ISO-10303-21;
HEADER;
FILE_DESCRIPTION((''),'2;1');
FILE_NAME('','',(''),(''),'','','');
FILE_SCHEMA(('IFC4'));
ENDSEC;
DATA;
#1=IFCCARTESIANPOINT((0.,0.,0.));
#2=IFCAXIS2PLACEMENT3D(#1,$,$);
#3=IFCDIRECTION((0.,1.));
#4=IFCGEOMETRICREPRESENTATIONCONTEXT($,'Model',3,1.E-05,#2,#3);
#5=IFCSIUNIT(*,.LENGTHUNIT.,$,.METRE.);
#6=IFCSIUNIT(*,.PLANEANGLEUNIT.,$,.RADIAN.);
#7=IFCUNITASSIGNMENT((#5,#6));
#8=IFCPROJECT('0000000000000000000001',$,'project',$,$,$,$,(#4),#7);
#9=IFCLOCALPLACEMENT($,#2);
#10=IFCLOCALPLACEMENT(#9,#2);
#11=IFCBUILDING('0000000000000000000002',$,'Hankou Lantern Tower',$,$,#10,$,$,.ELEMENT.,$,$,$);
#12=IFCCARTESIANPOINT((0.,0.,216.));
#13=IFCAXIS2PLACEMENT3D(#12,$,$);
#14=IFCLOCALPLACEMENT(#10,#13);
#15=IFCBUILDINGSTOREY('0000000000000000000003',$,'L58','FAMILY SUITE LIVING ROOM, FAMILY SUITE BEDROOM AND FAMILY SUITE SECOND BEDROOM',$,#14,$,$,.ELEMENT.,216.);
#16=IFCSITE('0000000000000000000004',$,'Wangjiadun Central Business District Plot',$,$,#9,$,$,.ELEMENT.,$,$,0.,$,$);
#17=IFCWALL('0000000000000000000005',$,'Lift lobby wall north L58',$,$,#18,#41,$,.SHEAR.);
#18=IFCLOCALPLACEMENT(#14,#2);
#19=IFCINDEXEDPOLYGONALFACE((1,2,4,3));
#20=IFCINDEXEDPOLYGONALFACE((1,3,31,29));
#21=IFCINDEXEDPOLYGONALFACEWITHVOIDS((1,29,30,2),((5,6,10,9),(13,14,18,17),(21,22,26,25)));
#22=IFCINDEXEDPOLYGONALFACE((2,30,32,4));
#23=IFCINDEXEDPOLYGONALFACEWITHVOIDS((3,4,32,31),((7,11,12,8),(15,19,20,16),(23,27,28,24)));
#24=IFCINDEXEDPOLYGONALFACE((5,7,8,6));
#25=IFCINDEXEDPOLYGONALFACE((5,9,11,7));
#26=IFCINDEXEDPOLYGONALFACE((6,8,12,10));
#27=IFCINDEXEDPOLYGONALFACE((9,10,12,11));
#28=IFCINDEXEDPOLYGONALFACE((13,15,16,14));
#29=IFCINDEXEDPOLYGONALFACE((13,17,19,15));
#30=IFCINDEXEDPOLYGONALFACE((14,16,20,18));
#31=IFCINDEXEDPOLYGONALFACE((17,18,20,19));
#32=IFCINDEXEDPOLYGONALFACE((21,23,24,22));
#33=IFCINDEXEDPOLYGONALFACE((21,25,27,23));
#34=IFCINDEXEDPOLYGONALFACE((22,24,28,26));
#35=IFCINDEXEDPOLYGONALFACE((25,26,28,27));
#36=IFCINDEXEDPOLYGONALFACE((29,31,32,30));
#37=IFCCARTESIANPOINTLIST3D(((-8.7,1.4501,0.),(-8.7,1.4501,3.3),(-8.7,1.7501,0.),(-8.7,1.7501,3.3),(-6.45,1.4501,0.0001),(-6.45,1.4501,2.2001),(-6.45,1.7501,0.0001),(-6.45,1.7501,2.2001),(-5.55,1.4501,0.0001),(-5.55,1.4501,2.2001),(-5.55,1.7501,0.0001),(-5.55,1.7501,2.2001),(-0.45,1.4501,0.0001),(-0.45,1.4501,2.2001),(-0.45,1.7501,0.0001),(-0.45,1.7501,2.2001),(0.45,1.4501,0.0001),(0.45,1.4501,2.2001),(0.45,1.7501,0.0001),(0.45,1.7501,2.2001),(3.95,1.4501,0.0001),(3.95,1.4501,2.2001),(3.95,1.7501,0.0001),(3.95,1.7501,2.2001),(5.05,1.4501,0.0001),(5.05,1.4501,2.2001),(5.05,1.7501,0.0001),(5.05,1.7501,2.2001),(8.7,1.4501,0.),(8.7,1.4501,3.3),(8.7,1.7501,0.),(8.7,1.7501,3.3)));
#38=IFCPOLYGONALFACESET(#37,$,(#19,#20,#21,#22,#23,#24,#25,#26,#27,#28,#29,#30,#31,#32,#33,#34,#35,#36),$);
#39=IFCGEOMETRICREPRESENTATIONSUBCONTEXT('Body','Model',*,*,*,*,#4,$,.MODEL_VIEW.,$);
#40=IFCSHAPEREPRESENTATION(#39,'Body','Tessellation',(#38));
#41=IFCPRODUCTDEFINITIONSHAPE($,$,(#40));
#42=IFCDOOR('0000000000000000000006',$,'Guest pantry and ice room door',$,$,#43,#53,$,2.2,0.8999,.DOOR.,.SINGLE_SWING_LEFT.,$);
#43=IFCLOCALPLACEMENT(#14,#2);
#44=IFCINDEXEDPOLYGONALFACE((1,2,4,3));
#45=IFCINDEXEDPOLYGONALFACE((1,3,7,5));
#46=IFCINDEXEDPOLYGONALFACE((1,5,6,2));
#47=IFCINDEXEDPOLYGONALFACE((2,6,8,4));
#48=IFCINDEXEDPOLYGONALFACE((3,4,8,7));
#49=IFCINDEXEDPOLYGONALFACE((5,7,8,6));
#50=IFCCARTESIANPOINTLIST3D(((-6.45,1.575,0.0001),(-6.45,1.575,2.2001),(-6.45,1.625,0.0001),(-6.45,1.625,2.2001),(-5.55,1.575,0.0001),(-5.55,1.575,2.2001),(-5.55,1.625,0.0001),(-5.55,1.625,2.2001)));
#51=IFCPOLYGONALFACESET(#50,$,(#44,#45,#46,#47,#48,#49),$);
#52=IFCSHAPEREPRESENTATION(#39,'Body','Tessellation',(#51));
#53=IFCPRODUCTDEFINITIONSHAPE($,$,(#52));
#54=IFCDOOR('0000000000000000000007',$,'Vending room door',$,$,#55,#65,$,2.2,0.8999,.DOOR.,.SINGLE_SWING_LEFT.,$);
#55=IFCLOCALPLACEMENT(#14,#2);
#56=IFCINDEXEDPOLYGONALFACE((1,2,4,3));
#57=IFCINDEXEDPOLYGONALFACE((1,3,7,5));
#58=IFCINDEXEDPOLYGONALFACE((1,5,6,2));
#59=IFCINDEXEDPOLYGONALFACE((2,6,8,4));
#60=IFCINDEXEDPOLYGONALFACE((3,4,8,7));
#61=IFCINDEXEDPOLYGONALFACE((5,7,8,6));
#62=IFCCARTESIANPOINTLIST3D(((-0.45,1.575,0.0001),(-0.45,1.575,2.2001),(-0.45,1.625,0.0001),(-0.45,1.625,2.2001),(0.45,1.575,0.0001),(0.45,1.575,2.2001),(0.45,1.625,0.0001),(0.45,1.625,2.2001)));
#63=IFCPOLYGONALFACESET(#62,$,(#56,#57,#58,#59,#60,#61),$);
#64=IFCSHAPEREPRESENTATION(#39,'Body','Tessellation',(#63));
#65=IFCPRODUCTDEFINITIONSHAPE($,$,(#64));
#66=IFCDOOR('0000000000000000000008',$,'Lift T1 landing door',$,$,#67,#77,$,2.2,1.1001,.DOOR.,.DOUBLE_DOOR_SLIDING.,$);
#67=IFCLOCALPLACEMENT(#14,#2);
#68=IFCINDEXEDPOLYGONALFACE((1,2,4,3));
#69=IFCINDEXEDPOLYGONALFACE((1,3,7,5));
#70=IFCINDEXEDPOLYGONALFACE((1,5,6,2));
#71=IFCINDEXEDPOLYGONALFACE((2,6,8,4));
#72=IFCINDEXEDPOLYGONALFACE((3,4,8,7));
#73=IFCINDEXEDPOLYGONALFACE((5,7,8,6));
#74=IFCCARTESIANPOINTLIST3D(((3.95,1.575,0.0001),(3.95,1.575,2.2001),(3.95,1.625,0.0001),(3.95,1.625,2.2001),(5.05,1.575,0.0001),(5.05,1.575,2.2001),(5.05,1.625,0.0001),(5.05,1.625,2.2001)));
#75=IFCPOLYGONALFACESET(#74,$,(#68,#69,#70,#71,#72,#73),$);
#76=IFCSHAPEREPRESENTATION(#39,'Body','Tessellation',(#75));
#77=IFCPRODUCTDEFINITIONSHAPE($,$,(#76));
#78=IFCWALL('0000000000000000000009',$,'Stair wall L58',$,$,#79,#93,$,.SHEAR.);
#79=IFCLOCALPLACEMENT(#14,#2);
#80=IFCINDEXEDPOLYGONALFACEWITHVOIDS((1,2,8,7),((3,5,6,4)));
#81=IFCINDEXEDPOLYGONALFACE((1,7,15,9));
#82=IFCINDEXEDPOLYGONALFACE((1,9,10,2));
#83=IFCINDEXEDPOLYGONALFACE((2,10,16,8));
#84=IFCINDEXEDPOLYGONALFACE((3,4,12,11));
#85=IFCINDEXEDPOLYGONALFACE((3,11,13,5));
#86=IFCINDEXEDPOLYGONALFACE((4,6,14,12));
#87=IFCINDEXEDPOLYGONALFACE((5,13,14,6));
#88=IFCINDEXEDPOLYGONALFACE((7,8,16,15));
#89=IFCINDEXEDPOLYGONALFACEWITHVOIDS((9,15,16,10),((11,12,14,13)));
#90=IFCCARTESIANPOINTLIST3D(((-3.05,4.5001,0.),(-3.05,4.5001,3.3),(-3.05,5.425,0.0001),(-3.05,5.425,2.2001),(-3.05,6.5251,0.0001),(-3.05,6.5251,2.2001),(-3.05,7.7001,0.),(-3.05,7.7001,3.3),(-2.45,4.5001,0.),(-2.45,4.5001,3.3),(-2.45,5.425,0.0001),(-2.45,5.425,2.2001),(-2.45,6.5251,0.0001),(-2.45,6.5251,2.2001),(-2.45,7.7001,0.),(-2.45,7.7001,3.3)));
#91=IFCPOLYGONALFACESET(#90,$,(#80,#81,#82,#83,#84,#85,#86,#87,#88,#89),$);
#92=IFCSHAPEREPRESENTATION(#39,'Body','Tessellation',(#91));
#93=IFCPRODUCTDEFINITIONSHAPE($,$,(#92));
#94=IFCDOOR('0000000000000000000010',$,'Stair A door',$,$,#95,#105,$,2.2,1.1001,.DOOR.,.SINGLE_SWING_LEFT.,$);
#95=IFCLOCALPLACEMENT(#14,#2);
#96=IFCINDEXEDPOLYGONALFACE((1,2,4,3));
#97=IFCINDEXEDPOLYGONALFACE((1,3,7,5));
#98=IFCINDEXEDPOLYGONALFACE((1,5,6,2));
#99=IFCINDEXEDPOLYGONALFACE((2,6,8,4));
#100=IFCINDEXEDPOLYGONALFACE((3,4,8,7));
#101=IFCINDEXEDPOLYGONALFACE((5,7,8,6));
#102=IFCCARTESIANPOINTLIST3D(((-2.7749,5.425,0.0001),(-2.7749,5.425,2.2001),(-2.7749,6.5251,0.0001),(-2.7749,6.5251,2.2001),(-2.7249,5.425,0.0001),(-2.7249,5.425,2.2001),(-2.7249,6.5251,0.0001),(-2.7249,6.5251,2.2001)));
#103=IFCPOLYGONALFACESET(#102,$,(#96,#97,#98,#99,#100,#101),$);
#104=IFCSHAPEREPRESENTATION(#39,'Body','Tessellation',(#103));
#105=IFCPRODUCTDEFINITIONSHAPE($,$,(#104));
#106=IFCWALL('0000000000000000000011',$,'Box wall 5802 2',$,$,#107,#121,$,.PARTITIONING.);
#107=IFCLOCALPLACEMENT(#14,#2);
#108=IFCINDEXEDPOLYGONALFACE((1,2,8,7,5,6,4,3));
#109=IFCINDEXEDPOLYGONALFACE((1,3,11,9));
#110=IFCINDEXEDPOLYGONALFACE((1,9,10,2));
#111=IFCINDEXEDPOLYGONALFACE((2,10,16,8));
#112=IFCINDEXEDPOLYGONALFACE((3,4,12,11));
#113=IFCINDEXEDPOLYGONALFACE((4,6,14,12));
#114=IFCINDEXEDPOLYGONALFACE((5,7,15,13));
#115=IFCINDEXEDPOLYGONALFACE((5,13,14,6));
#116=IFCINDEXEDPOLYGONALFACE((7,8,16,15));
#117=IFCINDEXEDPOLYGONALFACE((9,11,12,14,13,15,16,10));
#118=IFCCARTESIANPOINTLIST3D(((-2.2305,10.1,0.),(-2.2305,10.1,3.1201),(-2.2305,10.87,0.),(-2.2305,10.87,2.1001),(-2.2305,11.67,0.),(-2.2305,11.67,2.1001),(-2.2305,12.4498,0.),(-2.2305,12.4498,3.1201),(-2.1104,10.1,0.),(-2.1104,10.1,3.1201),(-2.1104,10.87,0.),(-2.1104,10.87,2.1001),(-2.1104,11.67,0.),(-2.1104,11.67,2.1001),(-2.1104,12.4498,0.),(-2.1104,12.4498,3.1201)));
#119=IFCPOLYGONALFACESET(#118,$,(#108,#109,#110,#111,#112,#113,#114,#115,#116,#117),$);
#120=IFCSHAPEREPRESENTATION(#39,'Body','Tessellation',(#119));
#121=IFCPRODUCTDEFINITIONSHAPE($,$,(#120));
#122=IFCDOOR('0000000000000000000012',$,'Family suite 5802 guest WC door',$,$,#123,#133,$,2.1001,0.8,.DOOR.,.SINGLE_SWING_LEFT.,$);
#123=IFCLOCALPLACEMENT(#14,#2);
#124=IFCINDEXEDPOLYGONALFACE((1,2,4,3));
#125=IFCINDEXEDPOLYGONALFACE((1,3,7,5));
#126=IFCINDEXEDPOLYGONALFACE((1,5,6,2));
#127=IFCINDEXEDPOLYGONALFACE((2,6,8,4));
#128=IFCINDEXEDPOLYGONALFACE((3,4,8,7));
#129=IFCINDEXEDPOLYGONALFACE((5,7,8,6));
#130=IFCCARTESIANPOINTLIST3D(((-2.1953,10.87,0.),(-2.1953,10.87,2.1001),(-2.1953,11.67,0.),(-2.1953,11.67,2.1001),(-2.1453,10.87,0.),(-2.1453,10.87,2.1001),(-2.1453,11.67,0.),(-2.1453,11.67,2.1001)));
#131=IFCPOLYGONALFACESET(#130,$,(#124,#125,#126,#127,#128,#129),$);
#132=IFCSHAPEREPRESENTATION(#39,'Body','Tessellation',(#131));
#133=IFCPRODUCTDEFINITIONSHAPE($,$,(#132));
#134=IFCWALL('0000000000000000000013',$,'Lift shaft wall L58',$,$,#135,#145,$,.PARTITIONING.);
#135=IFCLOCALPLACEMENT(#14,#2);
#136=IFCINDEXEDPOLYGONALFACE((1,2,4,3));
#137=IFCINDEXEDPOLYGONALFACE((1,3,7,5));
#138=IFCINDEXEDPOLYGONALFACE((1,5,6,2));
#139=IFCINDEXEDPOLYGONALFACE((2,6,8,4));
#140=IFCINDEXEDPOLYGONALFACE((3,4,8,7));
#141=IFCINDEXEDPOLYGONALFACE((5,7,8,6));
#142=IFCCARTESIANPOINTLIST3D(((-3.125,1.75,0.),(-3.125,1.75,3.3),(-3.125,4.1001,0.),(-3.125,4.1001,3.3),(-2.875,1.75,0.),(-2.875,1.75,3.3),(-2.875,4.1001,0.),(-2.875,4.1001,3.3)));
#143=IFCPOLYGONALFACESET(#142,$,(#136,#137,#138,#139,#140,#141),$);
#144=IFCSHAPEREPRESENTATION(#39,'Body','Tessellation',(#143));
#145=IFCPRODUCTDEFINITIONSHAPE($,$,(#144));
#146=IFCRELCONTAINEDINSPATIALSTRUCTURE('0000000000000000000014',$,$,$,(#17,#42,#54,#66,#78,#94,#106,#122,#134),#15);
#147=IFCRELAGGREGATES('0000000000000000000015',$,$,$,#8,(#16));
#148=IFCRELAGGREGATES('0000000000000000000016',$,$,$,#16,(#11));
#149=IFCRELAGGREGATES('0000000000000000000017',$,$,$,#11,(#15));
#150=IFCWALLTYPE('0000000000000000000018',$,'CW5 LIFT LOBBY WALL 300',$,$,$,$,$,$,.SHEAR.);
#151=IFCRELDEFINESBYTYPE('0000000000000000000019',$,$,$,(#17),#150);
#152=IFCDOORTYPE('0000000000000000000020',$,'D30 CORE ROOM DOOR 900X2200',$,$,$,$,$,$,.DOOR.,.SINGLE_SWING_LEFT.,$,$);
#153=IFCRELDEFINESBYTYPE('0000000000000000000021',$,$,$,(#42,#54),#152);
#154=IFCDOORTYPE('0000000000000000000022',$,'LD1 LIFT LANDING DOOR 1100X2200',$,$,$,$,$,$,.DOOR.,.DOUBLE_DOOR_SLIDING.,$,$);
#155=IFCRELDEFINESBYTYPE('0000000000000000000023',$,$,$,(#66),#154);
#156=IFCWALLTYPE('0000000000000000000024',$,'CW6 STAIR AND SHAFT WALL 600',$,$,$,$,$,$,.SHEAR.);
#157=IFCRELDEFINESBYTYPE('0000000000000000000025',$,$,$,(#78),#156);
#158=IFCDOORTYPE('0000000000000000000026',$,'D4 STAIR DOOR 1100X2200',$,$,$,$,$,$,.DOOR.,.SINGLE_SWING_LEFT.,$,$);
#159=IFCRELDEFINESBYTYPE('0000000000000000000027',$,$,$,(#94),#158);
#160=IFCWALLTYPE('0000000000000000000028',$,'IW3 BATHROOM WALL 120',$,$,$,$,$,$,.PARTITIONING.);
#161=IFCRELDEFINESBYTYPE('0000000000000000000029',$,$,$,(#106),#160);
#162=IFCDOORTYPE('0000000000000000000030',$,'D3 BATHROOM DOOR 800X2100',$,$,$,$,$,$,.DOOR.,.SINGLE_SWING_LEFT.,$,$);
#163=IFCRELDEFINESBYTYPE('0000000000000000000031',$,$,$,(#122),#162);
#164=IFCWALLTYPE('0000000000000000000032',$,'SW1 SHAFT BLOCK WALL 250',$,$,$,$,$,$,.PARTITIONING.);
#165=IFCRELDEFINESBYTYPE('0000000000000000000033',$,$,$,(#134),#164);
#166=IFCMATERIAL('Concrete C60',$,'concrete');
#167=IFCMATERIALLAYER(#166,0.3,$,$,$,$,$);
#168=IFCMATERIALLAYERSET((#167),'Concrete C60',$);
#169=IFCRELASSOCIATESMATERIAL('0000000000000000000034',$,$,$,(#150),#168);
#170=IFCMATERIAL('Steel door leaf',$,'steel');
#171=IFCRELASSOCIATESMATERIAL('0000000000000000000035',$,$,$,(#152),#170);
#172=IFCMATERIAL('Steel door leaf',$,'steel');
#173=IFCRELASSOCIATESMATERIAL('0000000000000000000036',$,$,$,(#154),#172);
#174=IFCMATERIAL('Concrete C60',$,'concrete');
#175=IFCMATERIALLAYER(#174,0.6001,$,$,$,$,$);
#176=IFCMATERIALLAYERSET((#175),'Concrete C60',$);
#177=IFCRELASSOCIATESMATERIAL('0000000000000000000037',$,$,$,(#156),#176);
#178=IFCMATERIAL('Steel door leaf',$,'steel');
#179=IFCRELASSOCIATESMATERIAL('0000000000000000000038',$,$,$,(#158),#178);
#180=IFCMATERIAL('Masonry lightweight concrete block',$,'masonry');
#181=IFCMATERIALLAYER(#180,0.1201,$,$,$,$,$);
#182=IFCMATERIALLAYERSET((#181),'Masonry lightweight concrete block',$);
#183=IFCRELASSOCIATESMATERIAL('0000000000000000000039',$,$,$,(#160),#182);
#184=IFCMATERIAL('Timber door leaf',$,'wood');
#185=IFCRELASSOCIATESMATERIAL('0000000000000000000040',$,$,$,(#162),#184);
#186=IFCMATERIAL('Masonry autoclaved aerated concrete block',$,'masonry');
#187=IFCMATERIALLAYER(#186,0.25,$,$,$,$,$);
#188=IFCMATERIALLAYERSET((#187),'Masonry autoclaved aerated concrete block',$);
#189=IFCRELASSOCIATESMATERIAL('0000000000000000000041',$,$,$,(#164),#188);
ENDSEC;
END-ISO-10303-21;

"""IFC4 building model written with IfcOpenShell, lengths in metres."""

from ifc_helpers import new_model, si_unit, direction, frame, frame_2d, origin, place, context, subcontext, project, spatial, rectangle, extrude, material, layer, layer_set, type_object, element, fill, save


model = new_model("IFC4")

# Units and contexts
model_context = context("Model", 3, precision=1e-05, world=origin(), true_north=direction((0.0, 1.0)))
body_context = subcontext(model_context, "Body", "Model", "MODEL_VIEW")
ifc_project = project(units=[si_unit("LENGTHUNIT", "METRE"), si_unit("PLANEANGLEUNIT", "RADIAN")], contexts=[model_context])

# Site, building, storey
site_placement = place(None, origin())
site = spatial("IfcSite", under=ifc_project, at=site_placement, Name="Wangjiadun Central Business District Plot", CompositionType="ELEMENT", RefElevation=0.0)
building_placement = place(site_placement, origin())
building = spatial("IfcBuilding", under=site, at=building_placement, Name="Hankou Lantern Tower", CompositionType="ELEMENT")
storey_placement = place(building_placement, frame((0.0, 0.0, 216.0)))
storey = spatial("IfcBuildingStorey", under=building, at=storey_placement, Name="L58", Description="FAMILY SUITE LIVING ROOM, FAMILY SUITE BEDROOM AND FAMILY SUITE SECOND BEDROOM", CompositionType="ELEMENT", Elevation=216.0)

# Wall, openings, doors
ifc_material_1 = material(Name="Concrete C60", Category="concrete")
ifc_layer_1 = layer(ifc_material_1, 0.3)
ifc_layer_set_1 = layer_set([ifc_layer_1], Name="Concrete C60")
wall_type_1 = type_object("IfcWallType", Name="CW5 LIFT LOBBY WALL 300", PredefinedType="SHEAR", material=ifc_layer_set_1)
wall_1_placement = place(storey_placement, frame((-8.7, 1.6001, 0.0), z_axis=(0.0, 0.0, 1.0), x_axis=(1.0, 0.0, 0.0)))
wall_1 = element("IfcWall", 1, at=wall_1_placement, inside=storey, type_object=wall_type_1, Name="Lift lobby wall north L58", PredefinedType="SHEAR", context=body_context, shape_type="SweptSolid", body=[
    extrude(rectangle(XDim=17.3999, YDim=0.3, at=frame_2d((8.7, 0.0))), origin(), (0.0, 0.0, 1.0), 3.3),
])
opening_1_placement = place(wall_1_placement, frame((12.6499, 0.0, 0.0)))
opening_1 = element("IfcOpeningElement", 2, at=opening_1_placement, cuts=wall_1, PredefinedType="OPENING", context=body_context, shape_type="SweptSolid", body=[
    extrude(rectangle(XDim=1.1001, YDim=2.2, at=frame_2d((0.55, 1.1001))), frame((0.0, 0.1599, 0.0), z_axis=(0.0, -1.0, 0.0), x_axis=(1.0, 0.0, 0.0)), (0.0, 0.0, 1.0), 0.3201),
])
opening_2_placement = place(wall_1_placement, frame((2.25, 0.0, 0.0)))
opening_2 = element("IfcOpeningElement", 3, at=opening_2_placement, cuts=wall_1, PredefinedType="OPENING", context=body_context, shape_type="SweptSolid", body=[
    extrude(rectangle(XDim=0.8999, YDim=2.2, at=frame_2d((0.45, 1.1001))), frame((0.0, 0.1599, 0.0), z_axis=(0.0, -1.0, 0.0), x_axis=(1.0, 0.0, 0.0)), (0.0, 0.0, 1.0), 0.3201),
])
opening_3_placement = place(wall_1_placement, frame((8.25, 0.0, 0.0)))
opening_3 = element("IfcOpeningElement", 4, at=opening_3_placement, cuts=wall_1, PredefinedType="OPENING", context=body_context, shape_type="SweptSolid", body=[
    extrude(rectangle(XDim=0.8999, YDim=2.2, at=frame_2d((0.45, 1.1001))), frame((0.0, 0.1599, 0.0), z_axis=(0.0, -1.0, 0.0), x_axis=(1.0, 0.0, 0.0)), (0.0, 0.0, 1.0), 0.3201),
])
ifc_material_2 = material(Name="Steel door leaf", Category="steel")
door_type_1 = type_object("IfcDoorType", Name="D30 CORE ROOM DOOR 900X2200", OperationType="SINGLE_SWING_LEFT", PredefinedType="DOOR", material=ifc_material_2)
door_1_placement = place(opening_2_placement, origin())
door_1 = element("IfcDoor", 5, at=door_1_placement, inside=storey, type_object=door_type_1, Name="Guest pantry and ice room door", OperationType="SINGLE_SWING_LEFT", OverallHeight=2.2, OverallWidth=0.8999, PredefinedType="DOOR", context=body_context, shape_type="SweptSolid", body=[
    extrude(rectangle(XDim=0.8999, YDim=2.2, at=frame_2d((0.45, 1.1001))), frame((0.0, 0.0249, 0.0), z_axis=(0.0, -1.0, 0.0), x_axis=(1.0, 0.0, 0.0)), (0.0, 0.0, 1.0), 0.05),
])
fill(opening_2, door_1)
door_2_placement = place(opening_3_placement, origin())
door_2 = element("IfcDoor", 6, at=door_2_placement, inside=storey, type_object=door_type_1, Name="Vending room door", OperationType="SINGLE_SWING_LEFT", OverallHeight=2.2, OverallWidth=0.8999, PredefinedType="DOOR", context=body_context, shape_type="SweptSolid", body=[
    extrude(rectangle(XDim=0.8999, YDim=2.2, at=frame_2d((0.45, 1.1001))), frame((0.0, 0.0249, 0.0), z_axis=(0.0, -1.0, 0.0), x_axis=(1.0, 0.0, 0.0)), (0.0, 0.0, 1.0), 0.05),
])
fill(opening_3, door_2)
ifc_material_3 = material(Name="Steel door leaf", Category="steel")
door_type_2 = type_object("IfcDoorType", Name="LD1 LIFT LANDING DOOR 1100X2200", OperationType="DOUBLE_DOOR_SLIDING", PredefinedType="DOOR", material=ifc_material_3)
door_3_placement = place(opening_1_placement, origin())
door_3 = element("IfcDoor", 7, at=door_3_placement, inside=storey, type_object=door_type_2, Name="Lift T1 landing door", OperationType="DOUBLE_DOOR_SLIDING", OverallHeight=2.2, OverallWidth=1.1001, PredefinedType="DOOR", context=body_context, shape_type="SweptSolid", body=[
    extrude(rectangle(XDim=1.1001, YDim=2.2, at=frame_2d((0.55, 1.1001))), frame((0.0, 0.0249, 0.0), z_axis=(0.0, -1.0, 0.0), x_axis=(1.0, 0.0, 0.0)), (0.0, 0.0, 1.0), 0.05),
])
fill(opening_1, door_3)

# Walls, openings, doors
ifc_material_4 = material(Name="Concrete C60", Category="concrete")
ifc_layer_2 = layer(ifc_material_4, 0.6001)
ifc_layer_set_2 = layer_set([ifc_layer_2], Name="Concrete C60")
wall_type_2 = type_object("IfcWallType", Name="CW6 STAIR AND SHAFT WALL 600", PredefinedType="SHEAR", material=ifc_layer_set_2)
wall_2_placement = place(storey_placement, frame((-2.75, 4.5, 0.0), z_axis=(0.0, 0.0, 1.0), x_axis=(0.0, 1.0, 0.0)))
wall_2 = element("IfcWall", 8, at=wall_2_placement, inside=storey, type_object=wall_type_2, Name="Stair wall L58", PredefinedType="SHEAR", context=body_context, shape_type="SweptSolid", body=[
    extrude(rectangle(XDim=3.2, YDim=0.6001, at=frame_2d((1.6001, 0.0))), origin(), (0.0, 0.0, 1.0), 3.3),
])
opening_4_placement = place(wall_2_placement, frame((0.925, 0.0, 0.0)))
opening_4 = element("IfcOpeningElement", 9, at=opening_4_placement, cuts=wall_2, PredefinedType="OPENING", context=body_context, shape_type="SweptSolid", body=[
    extrude(rectangle(XDim=1.1001, YDim=2.2, at=frame_2d((0.55, 1.1001))), frame((0.0, 0.3101, 0.0), z_axis=(0.0, -1.0, 0.0), x_axis=(1.0, 0.0, 0.0)), (0.0, 0.0, 1.0), 0.6201),
])
ifc_material_5 = material(Name="Steel door leaf", Category="steel")
door_type_3 = type_object("IfcDoorType", Name="D4 STAIR DOOR 1100X2200", OperationType="SINGLE_SWING_LEFT", PredefinedType="DOOR", material=ifc_material_5)
door_4_placement = place(opening_4_placement, origin())
door_4 = element("IfcDoor", 10, at=door_4_placement, inside=storey, type_object=door_type_3, Name="Stair A door", OperationType="SINGLE_SWING_LEFT", OverallHeight=2.2, OverallWidth=1.1001, PredefinedType="DOOR", context=body_context, shape_type="SweptSolid", body=[
    extrude(rectangle(XDim=1.1001, YDim=2.2, at=frame_2d((0.55, 1.1001))), frame((0.0, 0.0249, 0.0), z_axis=(0.0, -1.0, 0.0), x_axis=(1.0, 0.0, 0.0)), (0.0, 0.0, 1.0), 0.05),
])
fill(opening_4, door_4)
ifc_material_6 = material(Name="Masonry lightweight concrete block", Category="masonry")
ifc_layer_3 = layer(ifc_material_6, 0.1201)
ifc_layer_set_3 = layer_set([ifc_layer_3], Name="Masonry lightweight concrete block")
wall_type_3 = type_object("IfcWallType", Name="IW3 BATHROOM WALL 120", PredefinedType="PARTITIONING", material=ifc_layer_set_3)
wall_3_placement = place(storey_placement, frame((-2.1704, 10.1001, 0.0), z_axis=(0.0, 0.0, 1.0), x_axis=(0.0, 1.0, 0.0)))
wall_3 = element("IfcWall", 11, at=wall_3_placement, inside=storey, type_object=wall_type_3, Name="Box wall 5802 2", PredefinedType="PARTITIONING", context=body_context, shape_type="SweptSolid", body=[
    extrude(rectangle(XDim=2.3499, YDim=0.1201, at=frame_2d((1.1748, 0.0))), origin(), (0.0, 0.0, 1.0), 3.1201),
])
opening_5_placement = place(wall_3_placement, frame((0.77, 0.0, 0.0)))
opening_5 = element("IfcOpeningElement", 12, at=opening_5_placement, cuts=wall_3, PredefinedType="OPENING", context=body_context, shape_type="SweptSolid", body=[
    extrude(rectangle(XDim=0.8, YDim=2.1001, at=frame_2d((0.3999, 1.05))), frame((0.0, 0.0701, 0.0), z_axis=(0.0, -1.0, 0.0), x_axis=(1.0, 0.0, 0.0)), (0.0, 0.0, 1.0), 0.1401),
])
ifc_material_7 = material(Name="Timber door leaf", Category="wood")
door_type_4 = type_object("IfcDoorType", Name="D3 BATHROOM DOOR 800X2100", OperationType="SINGLE_SWING_LEFT", PredefinedType="DOOR", material=ifc_material_7)
door_5_placement = place(opening_5_placement, origin())
door_5 = element("IfcDoor", 13, at=door_5_placement, inside=storey, type_object=door_type_4, Name="Family suite 5802 guest WC door", OperationType="SINGLE_SWING_LEFT", OverallHeight=2.1001, OverallWidth=0.8, PredefinedType="DOOR", context=body_context, shape_type="SweptSolid", body=[
    extrude(rectangle(XDim=0.8, YDim=2.1001, at=frame_2d((0.3999, 1.05))), frame((0.0, 0.0249, 0.0), z_axis=(0.0, -1.0, 0.0), x_axis=(1.0, 0.0, 0.0)), (0.0, 0.0, 1.0), 0.05),
])
fill(opening_5, door_5)

# Wall
ifc_material_8 = material(Name="Masonry autoclaved aerated concrete block", Category="masonry")
ifc_layer_4 = layer(ifc_material_8, 0.25)
ifc_layer_set_4 = layer_set([ifc_layer_4], Name="Masonry autoclaved aerated concrete block")
wall_type_4 = type_object("IfcWallType", Name="SW1 SHAFT BLOCK WALL 250", PredefinedType="PARTITIONING", material=ifc_layer_set_4)
wall_4_placement = place(storey_placement, frame((-3.0, 1.75, 0.0), z_axis=(0.0, 0.0, 1.0), x_axis=(0.0, 1.0, 0.0)))
element("IfcWall", 14, at=wall_4_placement, inside=storey, type_object=wall_type_4, Name="Lift shaft wall L58", PredefinedType="PARTITIONING", context=body_context, shape_type="SweptSolid", body=[
    extrude(rectangle(XDim=2.3501, YDim=0.25, at=frame_2d((1.175, 0.0))), origin(), (0.0, 0.0, 1.0), 3.3),
])

save(model, "model.ifc")
